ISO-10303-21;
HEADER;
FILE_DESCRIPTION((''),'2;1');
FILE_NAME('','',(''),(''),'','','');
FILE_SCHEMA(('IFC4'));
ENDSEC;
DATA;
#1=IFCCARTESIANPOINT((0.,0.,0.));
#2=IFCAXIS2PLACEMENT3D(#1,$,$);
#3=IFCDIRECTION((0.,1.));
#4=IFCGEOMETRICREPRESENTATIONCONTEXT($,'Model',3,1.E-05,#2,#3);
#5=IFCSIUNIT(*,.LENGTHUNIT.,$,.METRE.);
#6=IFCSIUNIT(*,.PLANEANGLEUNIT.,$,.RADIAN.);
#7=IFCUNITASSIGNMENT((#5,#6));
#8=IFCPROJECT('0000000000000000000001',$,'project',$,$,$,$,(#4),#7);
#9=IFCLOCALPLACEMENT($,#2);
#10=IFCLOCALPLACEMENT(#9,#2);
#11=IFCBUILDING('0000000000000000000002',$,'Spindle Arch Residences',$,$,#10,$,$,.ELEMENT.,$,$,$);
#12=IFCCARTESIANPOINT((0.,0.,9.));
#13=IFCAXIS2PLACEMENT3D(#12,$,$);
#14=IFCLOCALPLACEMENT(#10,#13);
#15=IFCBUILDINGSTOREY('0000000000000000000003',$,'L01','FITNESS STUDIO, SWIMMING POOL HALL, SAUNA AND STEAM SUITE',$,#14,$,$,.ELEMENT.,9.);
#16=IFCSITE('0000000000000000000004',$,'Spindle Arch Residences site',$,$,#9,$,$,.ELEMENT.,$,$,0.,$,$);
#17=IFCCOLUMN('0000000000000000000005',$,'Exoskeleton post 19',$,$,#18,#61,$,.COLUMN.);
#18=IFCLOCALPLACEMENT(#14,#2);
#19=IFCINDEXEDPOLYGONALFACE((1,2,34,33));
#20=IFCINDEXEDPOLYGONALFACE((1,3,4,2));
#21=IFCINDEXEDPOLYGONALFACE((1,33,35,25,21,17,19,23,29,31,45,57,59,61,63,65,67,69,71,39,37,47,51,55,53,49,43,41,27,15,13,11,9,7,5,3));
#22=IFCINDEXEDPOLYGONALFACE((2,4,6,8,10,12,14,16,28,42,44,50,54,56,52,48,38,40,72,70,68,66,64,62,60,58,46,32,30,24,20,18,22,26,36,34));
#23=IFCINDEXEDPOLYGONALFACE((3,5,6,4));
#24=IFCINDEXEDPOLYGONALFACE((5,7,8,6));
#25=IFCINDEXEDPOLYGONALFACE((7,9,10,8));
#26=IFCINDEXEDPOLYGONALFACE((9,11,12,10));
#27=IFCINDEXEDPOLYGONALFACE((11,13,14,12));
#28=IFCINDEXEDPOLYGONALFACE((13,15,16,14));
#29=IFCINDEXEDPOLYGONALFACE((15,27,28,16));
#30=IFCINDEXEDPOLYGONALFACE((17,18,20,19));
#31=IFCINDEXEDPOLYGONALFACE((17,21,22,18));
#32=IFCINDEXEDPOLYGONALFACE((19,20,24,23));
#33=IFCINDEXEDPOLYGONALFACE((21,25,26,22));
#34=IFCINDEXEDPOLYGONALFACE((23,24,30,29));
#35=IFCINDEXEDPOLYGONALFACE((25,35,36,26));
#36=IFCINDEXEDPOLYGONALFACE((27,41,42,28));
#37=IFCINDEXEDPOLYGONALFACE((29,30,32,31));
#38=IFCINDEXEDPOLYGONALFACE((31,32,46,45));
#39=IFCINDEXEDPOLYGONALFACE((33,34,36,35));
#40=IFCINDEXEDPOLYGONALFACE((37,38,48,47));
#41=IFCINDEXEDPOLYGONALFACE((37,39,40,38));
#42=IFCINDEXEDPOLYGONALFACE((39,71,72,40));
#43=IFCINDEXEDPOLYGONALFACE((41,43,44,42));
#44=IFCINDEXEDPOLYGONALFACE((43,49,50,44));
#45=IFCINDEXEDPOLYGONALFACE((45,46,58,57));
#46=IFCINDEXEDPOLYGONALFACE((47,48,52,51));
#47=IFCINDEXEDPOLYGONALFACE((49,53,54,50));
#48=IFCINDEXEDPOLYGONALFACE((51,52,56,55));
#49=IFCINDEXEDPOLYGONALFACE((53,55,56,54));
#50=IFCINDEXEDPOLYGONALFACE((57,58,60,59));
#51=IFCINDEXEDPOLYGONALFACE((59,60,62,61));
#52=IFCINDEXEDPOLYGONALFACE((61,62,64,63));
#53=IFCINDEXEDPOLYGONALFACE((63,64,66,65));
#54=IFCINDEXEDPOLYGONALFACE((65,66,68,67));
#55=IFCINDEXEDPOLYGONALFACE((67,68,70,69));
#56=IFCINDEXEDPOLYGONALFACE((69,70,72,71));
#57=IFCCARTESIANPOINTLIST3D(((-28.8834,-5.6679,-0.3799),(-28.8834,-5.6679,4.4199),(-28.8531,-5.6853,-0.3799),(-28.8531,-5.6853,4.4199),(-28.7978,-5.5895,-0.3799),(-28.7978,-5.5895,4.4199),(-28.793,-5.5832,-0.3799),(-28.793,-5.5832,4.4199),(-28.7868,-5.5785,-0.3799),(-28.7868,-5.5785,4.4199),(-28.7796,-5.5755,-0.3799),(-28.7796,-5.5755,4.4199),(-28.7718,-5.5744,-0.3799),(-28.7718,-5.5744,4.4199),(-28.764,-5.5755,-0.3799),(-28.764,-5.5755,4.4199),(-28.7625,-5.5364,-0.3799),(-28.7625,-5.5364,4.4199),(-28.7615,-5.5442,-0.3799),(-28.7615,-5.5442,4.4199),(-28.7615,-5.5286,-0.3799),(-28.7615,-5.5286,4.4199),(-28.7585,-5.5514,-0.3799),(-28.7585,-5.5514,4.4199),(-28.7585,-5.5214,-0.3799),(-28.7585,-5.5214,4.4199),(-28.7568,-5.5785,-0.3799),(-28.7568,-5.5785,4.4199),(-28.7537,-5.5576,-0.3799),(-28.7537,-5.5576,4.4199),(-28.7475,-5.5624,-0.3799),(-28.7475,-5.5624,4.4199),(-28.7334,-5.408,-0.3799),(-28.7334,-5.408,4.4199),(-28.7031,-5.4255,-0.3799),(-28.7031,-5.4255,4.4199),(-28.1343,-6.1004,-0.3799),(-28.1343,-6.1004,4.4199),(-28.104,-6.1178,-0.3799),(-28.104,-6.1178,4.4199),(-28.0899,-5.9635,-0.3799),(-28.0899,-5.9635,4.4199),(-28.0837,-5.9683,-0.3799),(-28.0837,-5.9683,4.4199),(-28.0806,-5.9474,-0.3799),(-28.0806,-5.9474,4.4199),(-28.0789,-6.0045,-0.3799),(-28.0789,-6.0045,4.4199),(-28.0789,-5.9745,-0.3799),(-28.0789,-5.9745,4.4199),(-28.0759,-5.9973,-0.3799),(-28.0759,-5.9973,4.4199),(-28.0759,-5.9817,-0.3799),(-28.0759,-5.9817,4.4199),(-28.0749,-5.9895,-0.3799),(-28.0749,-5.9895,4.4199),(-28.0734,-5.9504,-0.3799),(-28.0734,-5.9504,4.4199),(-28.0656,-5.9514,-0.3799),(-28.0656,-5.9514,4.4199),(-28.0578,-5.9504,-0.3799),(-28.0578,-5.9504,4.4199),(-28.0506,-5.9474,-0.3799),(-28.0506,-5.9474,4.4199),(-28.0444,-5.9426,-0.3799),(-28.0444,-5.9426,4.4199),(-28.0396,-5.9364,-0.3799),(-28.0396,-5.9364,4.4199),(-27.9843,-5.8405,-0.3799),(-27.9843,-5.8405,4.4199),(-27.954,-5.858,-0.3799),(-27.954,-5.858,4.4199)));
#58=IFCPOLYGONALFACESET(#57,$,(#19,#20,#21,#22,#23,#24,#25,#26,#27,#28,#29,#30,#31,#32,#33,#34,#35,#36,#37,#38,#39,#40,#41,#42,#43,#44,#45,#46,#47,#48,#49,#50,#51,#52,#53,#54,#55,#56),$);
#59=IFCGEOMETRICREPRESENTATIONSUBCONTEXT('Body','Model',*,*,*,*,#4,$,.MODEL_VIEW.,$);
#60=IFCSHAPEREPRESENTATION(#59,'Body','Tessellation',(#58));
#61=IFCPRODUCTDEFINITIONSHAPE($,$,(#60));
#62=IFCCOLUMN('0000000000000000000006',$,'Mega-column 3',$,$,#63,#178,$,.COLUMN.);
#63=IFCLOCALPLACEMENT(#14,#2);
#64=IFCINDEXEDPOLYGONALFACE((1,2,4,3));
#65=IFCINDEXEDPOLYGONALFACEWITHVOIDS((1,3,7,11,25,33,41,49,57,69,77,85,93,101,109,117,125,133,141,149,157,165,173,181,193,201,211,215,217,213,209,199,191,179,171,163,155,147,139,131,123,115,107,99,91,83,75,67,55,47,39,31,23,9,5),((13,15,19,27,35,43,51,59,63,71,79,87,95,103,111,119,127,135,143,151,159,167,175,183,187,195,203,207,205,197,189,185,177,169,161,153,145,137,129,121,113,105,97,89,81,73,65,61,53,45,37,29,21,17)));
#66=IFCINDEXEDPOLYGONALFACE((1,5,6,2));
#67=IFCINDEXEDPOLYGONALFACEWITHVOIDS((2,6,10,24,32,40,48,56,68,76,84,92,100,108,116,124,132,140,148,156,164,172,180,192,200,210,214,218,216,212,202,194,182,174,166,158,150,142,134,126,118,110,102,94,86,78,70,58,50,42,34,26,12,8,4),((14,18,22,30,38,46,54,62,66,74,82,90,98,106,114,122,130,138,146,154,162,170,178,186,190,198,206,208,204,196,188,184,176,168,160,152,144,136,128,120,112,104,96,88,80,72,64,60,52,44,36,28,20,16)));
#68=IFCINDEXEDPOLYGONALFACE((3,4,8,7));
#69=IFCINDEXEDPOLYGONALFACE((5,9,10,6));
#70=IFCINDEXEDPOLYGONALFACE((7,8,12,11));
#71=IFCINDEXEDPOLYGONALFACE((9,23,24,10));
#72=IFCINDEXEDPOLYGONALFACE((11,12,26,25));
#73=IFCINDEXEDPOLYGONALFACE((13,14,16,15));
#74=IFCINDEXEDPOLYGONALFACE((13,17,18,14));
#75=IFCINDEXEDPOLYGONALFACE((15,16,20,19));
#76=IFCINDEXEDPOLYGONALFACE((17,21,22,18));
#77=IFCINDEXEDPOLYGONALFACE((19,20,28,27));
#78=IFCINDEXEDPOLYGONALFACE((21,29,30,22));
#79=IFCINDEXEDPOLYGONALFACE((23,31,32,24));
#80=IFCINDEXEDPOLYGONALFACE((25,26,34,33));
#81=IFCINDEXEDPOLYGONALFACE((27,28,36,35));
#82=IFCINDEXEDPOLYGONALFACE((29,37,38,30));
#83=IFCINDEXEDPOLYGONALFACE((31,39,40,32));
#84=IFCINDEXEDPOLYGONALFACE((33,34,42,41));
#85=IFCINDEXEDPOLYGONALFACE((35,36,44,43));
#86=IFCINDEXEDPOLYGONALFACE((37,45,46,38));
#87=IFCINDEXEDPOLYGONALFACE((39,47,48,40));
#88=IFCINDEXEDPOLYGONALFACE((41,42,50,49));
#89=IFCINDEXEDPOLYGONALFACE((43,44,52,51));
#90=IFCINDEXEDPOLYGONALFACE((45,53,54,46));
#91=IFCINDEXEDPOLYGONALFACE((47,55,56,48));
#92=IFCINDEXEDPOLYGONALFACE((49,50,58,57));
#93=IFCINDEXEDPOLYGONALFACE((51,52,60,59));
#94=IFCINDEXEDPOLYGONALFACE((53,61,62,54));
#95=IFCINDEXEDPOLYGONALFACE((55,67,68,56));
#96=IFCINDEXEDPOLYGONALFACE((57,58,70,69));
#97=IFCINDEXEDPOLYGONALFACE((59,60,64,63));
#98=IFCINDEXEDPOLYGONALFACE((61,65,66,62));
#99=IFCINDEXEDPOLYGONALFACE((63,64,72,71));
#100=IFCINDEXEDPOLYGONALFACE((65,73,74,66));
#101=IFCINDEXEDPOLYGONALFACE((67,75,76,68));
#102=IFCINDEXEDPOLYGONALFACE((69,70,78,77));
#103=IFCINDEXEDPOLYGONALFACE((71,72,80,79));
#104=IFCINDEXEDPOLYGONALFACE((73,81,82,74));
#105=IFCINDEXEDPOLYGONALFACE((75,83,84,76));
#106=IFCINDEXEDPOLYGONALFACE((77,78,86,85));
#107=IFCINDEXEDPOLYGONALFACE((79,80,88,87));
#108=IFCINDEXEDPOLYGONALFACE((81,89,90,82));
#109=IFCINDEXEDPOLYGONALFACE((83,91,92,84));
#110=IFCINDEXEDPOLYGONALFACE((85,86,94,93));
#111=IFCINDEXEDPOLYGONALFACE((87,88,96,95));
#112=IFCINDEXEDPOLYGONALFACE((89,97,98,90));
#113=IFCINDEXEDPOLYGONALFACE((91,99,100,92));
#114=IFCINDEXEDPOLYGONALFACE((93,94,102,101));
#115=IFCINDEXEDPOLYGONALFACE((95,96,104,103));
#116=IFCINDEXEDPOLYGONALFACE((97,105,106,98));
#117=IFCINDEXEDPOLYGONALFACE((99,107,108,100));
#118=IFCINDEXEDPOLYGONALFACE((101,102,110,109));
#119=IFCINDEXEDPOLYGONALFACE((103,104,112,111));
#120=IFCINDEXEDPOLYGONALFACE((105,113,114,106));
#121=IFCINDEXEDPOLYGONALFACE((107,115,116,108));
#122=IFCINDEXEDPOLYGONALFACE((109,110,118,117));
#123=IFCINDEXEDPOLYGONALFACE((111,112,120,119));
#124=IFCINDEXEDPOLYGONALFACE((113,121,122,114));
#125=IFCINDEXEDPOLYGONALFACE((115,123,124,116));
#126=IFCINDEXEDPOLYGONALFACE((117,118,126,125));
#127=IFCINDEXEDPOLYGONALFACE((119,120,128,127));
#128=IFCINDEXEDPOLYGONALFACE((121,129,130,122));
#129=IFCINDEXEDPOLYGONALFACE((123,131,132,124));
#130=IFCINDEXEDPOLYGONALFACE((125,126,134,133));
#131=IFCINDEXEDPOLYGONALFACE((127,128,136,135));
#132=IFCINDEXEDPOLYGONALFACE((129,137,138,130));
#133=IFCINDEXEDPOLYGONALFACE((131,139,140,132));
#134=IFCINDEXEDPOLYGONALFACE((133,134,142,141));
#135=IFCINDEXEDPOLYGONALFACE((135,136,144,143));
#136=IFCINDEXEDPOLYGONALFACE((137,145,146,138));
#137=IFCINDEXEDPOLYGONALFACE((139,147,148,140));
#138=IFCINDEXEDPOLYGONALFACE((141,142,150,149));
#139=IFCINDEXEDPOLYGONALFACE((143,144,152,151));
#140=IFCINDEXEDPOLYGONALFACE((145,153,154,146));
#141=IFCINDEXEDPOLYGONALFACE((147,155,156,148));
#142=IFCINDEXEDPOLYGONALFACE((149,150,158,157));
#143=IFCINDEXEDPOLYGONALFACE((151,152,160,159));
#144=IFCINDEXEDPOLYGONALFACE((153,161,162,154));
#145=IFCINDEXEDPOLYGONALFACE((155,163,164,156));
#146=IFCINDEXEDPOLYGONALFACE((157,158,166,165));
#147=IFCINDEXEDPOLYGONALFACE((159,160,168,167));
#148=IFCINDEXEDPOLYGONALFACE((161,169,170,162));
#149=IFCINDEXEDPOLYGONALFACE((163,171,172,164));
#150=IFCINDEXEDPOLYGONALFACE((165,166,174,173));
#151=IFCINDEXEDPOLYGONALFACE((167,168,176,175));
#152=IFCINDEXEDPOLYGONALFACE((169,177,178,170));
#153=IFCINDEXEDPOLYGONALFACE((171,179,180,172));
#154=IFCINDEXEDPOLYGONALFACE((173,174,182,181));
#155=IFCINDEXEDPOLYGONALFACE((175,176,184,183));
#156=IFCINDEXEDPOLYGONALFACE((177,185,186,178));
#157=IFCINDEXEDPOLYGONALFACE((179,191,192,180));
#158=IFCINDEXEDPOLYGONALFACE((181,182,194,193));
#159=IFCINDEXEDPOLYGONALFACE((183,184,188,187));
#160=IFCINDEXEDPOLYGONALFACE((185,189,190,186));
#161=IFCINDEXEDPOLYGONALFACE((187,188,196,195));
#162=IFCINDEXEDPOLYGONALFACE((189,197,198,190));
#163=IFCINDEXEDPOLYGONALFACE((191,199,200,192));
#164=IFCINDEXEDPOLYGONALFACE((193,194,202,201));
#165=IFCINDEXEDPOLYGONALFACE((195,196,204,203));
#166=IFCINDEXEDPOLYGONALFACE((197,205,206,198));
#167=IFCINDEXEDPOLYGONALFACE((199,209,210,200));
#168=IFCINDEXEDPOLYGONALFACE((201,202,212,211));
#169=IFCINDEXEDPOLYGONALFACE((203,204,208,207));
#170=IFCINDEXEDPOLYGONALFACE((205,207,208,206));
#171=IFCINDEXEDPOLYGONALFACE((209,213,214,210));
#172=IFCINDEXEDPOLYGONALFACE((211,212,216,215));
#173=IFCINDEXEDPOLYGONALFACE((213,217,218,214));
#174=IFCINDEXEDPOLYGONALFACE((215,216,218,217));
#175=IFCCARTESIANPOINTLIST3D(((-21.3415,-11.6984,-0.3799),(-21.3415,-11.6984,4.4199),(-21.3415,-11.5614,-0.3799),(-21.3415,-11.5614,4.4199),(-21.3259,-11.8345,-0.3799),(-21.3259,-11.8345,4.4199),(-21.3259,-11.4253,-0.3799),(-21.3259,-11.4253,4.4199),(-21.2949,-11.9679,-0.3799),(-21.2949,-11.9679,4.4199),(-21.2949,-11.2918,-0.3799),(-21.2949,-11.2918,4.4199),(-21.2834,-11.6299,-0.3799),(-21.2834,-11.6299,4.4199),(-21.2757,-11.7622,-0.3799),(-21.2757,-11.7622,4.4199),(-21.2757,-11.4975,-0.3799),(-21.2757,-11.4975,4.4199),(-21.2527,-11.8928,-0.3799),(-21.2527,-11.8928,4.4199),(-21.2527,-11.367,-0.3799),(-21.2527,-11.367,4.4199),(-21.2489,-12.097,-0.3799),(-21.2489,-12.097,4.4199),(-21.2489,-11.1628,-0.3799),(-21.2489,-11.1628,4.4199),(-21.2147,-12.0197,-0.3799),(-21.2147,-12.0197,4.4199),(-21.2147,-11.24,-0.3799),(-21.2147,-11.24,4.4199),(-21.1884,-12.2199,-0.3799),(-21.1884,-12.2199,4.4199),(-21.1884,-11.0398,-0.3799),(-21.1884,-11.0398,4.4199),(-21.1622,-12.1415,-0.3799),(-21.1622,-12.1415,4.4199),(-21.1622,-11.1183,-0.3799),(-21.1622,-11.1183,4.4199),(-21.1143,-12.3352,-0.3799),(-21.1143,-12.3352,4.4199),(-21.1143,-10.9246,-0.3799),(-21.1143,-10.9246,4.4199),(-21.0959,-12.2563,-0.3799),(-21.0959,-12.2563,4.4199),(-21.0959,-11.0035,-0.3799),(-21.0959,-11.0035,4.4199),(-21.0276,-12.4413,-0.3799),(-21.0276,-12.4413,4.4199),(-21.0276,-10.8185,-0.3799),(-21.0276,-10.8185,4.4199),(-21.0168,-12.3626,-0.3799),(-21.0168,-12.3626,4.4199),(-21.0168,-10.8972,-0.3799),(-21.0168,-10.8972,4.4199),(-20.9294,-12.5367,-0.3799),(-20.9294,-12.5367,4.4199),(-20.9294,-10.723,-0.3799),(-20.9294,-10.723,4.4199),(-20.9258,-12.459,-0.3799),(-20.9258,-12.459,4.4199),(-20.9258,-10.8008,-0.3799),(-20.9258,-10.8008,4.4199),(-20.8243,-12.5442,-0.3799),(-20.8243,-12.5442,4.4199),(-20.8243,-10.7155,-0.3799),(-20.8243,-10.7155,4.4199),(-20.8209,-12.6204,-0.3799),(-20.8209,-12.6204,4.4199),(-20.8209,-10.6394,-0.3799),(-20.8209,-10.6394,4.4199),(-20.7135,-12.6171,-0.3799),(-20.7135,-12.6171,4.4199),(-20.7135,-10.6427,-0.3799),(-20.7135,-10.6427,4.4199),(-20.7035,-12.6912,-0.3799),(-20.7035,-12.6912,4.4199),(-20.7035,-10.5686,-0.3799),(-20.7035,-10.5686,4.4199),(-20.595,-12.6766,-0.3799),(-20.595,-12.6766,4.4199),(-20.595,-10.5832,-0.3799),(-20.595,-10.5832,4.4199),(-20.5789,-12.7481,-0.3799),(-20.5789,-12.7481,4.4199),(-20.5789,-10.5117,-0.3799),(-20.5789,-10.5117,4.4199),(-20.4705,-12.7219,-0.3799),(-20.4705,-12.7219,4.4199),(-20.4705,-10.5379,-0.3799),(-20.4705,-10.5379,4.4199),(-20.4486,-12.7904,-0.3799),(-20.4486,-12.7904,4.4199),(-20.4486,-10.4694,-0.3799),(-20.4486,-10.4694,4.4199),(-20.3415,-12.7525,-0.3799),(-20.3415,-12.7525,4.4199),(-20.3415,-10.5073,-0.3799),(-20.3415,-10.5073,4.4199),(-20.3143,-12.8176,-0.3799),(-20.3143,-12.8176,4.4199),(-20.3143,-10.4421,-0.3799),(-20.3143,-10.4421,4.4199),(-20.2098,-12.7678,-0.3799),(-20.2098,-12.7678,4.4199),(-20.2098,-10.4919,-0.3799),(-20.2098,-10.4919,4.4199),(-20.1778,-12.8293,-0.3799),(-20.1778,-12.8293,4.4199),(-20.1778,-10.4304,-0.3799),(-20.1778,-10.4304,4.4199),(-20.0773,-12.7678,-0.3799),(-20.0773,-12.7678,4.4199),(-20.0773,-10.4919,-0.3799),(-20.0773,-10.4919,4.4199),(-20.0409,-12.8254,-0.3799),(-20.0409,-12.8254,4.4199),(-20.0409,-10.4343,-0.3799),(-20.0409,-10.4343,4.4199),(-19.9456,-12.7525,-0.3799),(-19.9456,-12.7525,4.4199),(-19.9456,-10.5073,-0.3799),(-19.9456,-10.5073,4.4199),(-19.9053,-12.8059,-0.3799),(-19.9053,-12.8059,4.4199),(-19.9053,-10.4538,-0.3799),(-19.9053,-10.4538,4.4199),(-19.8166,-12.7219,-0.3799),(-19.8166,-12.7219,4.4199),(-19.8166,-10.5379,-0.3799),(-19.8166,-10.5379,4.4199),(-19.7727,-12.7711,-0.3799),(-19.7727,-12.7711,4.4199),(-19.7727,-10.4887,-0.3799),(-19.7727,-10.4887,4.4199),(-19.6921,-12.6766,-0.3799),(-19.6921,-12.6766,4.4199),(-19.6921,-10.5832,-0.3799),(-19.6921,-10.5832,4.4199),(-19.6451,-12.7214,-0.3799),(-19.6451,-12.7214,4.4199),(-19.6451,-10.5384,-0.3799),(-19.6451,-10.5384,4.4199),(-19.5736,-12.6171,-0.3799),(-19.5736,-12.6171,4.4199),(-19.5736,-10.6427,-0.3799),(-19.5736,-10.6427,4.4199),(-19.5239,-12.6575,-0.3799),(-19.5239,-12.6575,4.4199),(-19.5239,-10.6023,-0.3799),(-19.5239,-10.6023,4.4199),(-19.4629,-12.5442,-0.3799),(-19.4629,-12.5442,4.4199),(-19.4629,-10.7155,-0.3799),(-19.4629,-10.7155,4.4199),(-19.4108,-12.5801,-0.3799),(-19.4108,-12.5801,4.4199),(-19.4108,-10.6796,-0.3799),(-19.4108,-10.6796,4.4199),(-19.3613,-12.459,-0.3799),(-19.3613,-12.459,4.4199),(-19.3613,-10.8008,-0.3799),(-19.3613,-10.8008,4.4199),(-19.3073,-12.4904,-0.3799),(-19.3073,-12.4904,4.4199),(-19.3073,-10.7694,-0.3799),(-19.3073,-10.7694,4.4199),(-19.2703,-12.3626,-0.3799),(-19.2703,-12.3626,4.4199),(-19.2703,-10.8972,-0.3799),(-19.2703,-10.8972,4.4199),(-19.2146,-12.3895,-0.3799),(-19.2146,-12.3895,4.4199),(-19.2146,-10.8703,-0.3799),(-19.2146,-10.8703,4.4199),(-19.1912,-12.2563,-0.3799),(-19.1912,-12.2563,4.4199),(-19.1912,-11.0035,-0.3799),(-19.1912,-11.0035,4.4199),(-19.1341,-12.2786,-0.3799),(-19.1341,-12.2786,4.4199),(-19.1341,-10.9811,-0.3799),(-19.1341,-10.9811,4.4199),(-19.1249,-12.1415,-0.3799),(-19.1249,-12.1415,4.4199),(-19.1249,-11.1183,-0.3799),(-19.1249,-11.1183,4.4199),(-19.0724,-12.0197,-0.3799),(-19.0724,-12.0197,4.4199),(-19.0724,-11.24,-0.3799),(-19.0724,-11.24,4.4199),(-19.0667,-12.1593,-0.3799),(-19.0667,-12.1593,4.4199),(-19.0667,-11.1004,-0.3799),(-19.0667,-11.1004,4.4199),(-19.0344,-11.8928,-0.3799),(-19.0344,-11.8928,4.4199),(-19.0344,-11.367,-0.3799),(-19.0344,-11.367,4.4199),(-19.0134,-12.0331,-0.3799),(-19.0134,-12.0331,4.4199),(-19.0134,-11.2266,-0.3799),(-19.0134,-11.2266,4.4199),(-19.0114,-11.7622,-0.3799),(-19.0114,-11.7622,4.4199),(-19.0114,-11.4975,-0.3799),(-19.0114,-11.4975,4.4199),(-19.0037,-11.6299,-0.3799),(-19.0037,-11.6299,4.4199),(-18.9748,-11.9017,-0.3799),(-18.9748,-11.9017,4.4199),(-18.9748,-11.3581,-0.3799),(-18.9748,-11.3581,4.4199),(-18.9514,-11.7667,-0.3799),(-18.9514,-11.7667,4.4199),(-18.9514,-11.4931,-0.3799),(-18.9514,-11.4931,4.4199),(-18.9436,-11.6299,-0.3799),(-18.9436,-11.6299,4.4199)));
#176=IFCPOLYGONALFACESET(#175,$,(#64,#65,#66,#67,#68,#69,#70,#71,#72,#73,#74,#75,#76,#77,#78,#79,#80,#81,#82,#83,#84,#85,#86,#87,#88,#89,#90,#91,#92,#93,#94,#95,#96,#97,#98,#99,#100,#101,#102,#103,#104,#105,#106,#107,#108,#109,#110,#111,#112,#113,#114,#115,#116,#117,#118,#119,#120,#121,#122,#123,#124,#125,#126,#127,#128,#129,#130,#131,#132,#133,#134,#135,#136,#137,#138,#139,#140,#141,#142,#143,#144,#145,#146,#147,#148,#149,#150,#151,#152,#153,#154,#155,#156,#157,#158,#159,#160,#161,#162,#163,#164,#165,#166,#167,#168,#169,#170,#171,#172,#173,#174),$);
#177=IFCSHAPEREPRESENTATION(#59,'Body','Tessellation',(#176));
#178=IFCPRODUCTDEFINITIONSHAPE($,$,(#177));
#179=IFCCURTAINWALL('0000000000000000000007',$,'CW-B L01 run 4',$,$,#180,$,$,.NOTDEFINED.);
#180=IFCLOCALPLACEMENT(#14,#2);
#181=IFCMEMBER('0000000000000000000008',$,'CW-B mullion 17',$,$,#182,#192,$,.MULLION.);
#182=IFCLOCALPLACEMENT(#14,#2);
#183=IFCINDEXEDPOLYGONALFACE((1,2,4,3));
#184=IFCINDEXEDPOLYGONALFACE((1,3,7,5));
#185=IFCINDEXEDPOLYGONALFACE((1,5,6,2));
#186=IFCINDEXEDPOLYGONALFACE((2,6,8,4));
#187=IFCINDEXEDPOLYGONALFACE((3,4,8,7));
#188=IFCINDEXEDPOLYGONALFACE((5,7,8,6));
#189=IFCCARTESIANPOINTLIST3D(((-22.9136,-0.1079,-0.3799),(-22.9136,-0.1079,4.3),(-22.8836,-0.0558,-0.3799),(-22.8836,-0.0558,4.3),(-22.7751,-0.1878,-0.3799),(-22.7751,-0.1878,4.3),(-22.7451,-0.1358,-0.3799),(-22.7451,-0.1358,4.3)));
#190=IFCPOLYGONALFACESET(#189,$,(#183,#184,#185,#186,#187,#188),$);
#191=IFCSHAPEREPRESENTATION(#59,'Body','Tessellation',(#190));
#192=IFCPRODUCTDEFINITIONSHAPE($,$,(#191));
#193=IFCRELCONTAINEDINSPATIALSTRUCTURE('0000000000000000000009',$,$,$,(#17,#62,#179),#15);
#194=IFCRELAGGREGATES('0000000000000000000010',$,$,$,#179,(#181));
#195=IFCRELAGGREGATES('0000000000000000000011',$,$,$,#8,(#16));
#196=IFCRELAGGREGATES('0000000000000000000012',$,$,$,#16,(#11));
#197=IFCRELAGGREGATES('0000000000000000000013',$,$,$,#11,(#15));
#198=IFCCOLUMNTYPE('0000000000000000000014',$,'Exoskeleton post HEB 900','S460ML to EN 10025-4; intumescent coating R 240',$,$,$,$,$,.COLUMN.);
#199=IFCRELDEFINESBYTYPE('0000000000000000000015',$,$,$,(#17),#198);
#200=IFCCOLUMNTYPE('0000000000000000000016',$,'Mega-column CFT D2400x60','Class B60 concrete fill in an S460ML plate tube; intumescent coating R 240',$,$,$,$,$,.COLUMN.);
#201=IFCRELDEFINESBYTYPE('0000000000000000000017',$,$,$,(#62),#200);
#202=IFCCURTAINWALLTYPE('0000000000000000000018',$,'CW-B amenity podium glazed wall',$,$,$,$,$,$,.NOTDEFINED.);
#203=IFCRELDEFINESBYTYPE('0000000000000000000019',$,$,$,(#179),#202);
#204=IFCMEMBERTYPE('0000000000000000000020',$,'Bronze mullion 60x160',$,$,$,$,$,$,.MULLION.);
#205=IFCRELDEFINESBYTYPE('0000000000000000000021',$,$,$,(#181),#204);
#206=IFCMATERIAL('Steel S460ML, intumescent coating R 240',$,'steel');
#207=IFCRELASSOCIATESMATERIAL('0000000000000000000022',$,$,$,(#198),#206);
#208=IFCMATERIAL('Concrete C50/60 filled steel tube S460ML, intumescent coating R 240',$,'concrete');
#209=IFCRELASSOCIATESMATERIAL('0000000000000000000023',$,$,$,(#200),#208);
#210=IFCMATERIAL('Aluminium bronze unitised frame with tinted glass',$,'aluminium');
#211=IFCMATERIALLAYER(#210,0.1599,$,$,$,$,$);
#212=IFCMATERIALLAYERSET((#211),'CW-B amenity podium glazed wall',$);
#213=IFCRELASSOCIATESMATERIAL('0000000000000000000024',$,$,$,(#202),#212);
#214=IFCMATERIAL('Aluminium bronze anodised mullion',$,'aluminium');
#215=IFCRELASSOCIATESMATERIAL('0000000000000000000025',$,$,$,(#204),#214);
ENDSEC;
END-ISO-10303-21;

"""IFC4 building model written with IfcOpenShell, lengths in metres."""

from ifc_helpers import new_model, si_unit, direction, frame, origin, origin_2d, place, context, subcontext, project, spatial, rectangle, hollow_circle, i_section, extrude, material, layer, layer_set, material_profile, profile_set, type_object, element, aggregate, save


model = new_model("IFC4")

# Units and contexts
model_context = context("Model", 3, precision=1e-05, world=origin(), true_north=direction((0.0, 1.0)))
body_context = subcontext(model_context, "Body", "Model", "MODEL_VIEW")
ifc_project = project(units=[si_unit("LENGTHUNIT", "METRE"), si_unit("PLANEANGLEUNIT", "RADIAN")], contexts=[model_context])

# Site, building, storey
site_placement = place(None, origin())
site = spatial("IfcSite", under=ifc_project, at=site_placement, Name="Spindle Arch Residences site", CompositionType="ELEMENT", RefElevation=0.0)
building_placement = place(site_placement, origin())
building = spatial("IfcBuilding", under=site, at=building_placement, Name="Spindle Arch Residences", CompositionType="ELEMENT")
storey_placement = place(building_placement, frame((0.0, 0.0, 9.0)))
storey = spatial("IfcBuildingStorey", under=building, at=storey_placement, Name="L01", Description="FITNESS STUDIO, SWIMMING POOL HALL, SAUNA AND STEAM SUITE", CompositionType="ELEMENT", Elevation=9.0)

# Columns
ifc_material_1 = material(Name="Steel S460ML, intumescent coating R 240", Category="steel")
ifc_material_profile_1 = material_profile(ifc_material_1, i_section(OverallWidth=0.3, OverallDepth=0.8999, WebThickness=0.0186, FlangeThickness=0.0349, FilletRadius=0.03, at=origin_2d()), Name="HEB 900")
ifc_profile_set_1 = profile_set([ifc_material_profile_1], Name="Steel S460ML, intumescent coating R 240")
column_type_1 = type_object("IfcColumnType", Name="Exoskeleton post HEB 900", Description="S460ML to EN 10025-4; intumescent coating R 240", PredefinedType="COLUMN", material=ifc_profile_set_1)
column_1_placement = place(storey_placement, frame((-28.4187, -5.7629, -0.3799), z_axis=(0.0, 0.0, 1.0), x_axis=(0.5, 0.866025, 0.0)))
element("IfcColumn", 1, at=column_1_placement, inside=storey, type_object=column_type_1, Name="Exoskeleton post 19", PredefinedType="COLUMN", context=body_context, shape_type="SweptSolid", body=[
    extrude(i_section(OverallWidth=0.3, OverallDepth=0.8999, WebThickness=0.0186, FlangeThickness=0.0349, FilletRadius=0.03, at=origin_2d()), origin(), (0.0, 0.0, 1.0), 4.7998),
])
ifc_material_2 = material(Name="Concrete C50/60 filled steel tube S460ML, intumescent coating R 240", Category="concrete")
ifc_material_profile_2 = material_profile(ifc_material_2, hollow_circle(Radius=1.2, WallThickness=0.0601, at=origin_2d()), Name="CFT D2400x60")
ifc_profile_set_2 = profile_set([ifc_material_profile_2], Name="Concrete C50/60 filled steel tube S460ML, intumescent coating R 240")
column_type_2 = type_object("IfcColumnType", Name="Mega-column CFT D2400x60", Description="Class B60 concrete fill in an S460ML plate tube; intumescent coating R 240", PredefinedType="COLUMN", material=ifc_profile_set_2)
column_2_placement = place(storey_placement, frame((-20.1436, -11.6299, -0.3799), z_axis=(0.0, 0.0, 1.0), x_axis=(1.0, 0.0, 0.0)))
element("IfcColumn", 2, at=column_2_placement, inside=storey, type_object=column_type_2, Name="Mega-column 3", PredefinedType="COLUMN", context=body_context, shape_type="SweptSolid", body=[
    extrude(hollow_circle(Radius=1.2, WallThickness=0.0601, at=origin_2d()), origin(), (0.0, 0.0, 1.0), 4.7998),
])

# Curtain wall, member
ifc_material_3 = material(Name="Aluminium bronze unitised frame with tinted glass", Category="aluminium")
ifc_layer_1 = layer(ifc_material_3, 0.1599)
ifc_layer_set_1 = layer_set([ifc_layer_1], Name="CW-B amenity podium glazed wall")
curtain_wall_type_1 = type_object("IfcCurtainWallType", Name="CW-B amenity podium glazed wall", PredefinedType="NOTDEFINED", material=ifc_layer_set_1)
curtain_wall_1_placement = place(storey_placement, origin())
curtain_wall_1 = element("IfcCurtainWall", 3, at=curtain_wall_1_placement, inside=storey, type_object=curtain_wall_type_1, Name="CW-B L01 run 4", PredefinedType="NOTDEFINED")
ifc_material_4 = material(Name="Aluminium bronze anodised mullion", Category="aluminium")
ifc_material_profile_3 = material_profile(ifc_material_4, rectangle(XDim=0.1599, YDim=0.0601, at=origin_2d()), Name="MU 60x160")
ifc_profile_set_3 = profile_set([ifc_material_profile_3], Name="Aluminium bronze anodised mullion")
member_type_1 = type_object("IfcMemberType", Name="Bronze mullion 60x160", PredefinedType="MULLION", material=ifc_profile_set_3)
member_1_placement = place(storey_placement, frame((-22.8293, -0.1218, -0.3799), z_axis=(0.0, 0.0, 1.0), x_axis=(0.866025, -0.5, 0.0)))
member_1 = element("IfcMember", 4, at=member_1_placement, type_object=member_type_1, Name="CW-B mullion 17", PredefinedType="MULLION", context=body_context, shape_type="SweptSolid", body=[
    extrude(rectangle(XDim=0.1599, YDim=0.0601, at=origin_2d()), origin(), (0.0, 0.0, 1.0), 4.6799),
])

aggregate(curtain_wall_1, [member_1])

save(model, "model.ifc")
